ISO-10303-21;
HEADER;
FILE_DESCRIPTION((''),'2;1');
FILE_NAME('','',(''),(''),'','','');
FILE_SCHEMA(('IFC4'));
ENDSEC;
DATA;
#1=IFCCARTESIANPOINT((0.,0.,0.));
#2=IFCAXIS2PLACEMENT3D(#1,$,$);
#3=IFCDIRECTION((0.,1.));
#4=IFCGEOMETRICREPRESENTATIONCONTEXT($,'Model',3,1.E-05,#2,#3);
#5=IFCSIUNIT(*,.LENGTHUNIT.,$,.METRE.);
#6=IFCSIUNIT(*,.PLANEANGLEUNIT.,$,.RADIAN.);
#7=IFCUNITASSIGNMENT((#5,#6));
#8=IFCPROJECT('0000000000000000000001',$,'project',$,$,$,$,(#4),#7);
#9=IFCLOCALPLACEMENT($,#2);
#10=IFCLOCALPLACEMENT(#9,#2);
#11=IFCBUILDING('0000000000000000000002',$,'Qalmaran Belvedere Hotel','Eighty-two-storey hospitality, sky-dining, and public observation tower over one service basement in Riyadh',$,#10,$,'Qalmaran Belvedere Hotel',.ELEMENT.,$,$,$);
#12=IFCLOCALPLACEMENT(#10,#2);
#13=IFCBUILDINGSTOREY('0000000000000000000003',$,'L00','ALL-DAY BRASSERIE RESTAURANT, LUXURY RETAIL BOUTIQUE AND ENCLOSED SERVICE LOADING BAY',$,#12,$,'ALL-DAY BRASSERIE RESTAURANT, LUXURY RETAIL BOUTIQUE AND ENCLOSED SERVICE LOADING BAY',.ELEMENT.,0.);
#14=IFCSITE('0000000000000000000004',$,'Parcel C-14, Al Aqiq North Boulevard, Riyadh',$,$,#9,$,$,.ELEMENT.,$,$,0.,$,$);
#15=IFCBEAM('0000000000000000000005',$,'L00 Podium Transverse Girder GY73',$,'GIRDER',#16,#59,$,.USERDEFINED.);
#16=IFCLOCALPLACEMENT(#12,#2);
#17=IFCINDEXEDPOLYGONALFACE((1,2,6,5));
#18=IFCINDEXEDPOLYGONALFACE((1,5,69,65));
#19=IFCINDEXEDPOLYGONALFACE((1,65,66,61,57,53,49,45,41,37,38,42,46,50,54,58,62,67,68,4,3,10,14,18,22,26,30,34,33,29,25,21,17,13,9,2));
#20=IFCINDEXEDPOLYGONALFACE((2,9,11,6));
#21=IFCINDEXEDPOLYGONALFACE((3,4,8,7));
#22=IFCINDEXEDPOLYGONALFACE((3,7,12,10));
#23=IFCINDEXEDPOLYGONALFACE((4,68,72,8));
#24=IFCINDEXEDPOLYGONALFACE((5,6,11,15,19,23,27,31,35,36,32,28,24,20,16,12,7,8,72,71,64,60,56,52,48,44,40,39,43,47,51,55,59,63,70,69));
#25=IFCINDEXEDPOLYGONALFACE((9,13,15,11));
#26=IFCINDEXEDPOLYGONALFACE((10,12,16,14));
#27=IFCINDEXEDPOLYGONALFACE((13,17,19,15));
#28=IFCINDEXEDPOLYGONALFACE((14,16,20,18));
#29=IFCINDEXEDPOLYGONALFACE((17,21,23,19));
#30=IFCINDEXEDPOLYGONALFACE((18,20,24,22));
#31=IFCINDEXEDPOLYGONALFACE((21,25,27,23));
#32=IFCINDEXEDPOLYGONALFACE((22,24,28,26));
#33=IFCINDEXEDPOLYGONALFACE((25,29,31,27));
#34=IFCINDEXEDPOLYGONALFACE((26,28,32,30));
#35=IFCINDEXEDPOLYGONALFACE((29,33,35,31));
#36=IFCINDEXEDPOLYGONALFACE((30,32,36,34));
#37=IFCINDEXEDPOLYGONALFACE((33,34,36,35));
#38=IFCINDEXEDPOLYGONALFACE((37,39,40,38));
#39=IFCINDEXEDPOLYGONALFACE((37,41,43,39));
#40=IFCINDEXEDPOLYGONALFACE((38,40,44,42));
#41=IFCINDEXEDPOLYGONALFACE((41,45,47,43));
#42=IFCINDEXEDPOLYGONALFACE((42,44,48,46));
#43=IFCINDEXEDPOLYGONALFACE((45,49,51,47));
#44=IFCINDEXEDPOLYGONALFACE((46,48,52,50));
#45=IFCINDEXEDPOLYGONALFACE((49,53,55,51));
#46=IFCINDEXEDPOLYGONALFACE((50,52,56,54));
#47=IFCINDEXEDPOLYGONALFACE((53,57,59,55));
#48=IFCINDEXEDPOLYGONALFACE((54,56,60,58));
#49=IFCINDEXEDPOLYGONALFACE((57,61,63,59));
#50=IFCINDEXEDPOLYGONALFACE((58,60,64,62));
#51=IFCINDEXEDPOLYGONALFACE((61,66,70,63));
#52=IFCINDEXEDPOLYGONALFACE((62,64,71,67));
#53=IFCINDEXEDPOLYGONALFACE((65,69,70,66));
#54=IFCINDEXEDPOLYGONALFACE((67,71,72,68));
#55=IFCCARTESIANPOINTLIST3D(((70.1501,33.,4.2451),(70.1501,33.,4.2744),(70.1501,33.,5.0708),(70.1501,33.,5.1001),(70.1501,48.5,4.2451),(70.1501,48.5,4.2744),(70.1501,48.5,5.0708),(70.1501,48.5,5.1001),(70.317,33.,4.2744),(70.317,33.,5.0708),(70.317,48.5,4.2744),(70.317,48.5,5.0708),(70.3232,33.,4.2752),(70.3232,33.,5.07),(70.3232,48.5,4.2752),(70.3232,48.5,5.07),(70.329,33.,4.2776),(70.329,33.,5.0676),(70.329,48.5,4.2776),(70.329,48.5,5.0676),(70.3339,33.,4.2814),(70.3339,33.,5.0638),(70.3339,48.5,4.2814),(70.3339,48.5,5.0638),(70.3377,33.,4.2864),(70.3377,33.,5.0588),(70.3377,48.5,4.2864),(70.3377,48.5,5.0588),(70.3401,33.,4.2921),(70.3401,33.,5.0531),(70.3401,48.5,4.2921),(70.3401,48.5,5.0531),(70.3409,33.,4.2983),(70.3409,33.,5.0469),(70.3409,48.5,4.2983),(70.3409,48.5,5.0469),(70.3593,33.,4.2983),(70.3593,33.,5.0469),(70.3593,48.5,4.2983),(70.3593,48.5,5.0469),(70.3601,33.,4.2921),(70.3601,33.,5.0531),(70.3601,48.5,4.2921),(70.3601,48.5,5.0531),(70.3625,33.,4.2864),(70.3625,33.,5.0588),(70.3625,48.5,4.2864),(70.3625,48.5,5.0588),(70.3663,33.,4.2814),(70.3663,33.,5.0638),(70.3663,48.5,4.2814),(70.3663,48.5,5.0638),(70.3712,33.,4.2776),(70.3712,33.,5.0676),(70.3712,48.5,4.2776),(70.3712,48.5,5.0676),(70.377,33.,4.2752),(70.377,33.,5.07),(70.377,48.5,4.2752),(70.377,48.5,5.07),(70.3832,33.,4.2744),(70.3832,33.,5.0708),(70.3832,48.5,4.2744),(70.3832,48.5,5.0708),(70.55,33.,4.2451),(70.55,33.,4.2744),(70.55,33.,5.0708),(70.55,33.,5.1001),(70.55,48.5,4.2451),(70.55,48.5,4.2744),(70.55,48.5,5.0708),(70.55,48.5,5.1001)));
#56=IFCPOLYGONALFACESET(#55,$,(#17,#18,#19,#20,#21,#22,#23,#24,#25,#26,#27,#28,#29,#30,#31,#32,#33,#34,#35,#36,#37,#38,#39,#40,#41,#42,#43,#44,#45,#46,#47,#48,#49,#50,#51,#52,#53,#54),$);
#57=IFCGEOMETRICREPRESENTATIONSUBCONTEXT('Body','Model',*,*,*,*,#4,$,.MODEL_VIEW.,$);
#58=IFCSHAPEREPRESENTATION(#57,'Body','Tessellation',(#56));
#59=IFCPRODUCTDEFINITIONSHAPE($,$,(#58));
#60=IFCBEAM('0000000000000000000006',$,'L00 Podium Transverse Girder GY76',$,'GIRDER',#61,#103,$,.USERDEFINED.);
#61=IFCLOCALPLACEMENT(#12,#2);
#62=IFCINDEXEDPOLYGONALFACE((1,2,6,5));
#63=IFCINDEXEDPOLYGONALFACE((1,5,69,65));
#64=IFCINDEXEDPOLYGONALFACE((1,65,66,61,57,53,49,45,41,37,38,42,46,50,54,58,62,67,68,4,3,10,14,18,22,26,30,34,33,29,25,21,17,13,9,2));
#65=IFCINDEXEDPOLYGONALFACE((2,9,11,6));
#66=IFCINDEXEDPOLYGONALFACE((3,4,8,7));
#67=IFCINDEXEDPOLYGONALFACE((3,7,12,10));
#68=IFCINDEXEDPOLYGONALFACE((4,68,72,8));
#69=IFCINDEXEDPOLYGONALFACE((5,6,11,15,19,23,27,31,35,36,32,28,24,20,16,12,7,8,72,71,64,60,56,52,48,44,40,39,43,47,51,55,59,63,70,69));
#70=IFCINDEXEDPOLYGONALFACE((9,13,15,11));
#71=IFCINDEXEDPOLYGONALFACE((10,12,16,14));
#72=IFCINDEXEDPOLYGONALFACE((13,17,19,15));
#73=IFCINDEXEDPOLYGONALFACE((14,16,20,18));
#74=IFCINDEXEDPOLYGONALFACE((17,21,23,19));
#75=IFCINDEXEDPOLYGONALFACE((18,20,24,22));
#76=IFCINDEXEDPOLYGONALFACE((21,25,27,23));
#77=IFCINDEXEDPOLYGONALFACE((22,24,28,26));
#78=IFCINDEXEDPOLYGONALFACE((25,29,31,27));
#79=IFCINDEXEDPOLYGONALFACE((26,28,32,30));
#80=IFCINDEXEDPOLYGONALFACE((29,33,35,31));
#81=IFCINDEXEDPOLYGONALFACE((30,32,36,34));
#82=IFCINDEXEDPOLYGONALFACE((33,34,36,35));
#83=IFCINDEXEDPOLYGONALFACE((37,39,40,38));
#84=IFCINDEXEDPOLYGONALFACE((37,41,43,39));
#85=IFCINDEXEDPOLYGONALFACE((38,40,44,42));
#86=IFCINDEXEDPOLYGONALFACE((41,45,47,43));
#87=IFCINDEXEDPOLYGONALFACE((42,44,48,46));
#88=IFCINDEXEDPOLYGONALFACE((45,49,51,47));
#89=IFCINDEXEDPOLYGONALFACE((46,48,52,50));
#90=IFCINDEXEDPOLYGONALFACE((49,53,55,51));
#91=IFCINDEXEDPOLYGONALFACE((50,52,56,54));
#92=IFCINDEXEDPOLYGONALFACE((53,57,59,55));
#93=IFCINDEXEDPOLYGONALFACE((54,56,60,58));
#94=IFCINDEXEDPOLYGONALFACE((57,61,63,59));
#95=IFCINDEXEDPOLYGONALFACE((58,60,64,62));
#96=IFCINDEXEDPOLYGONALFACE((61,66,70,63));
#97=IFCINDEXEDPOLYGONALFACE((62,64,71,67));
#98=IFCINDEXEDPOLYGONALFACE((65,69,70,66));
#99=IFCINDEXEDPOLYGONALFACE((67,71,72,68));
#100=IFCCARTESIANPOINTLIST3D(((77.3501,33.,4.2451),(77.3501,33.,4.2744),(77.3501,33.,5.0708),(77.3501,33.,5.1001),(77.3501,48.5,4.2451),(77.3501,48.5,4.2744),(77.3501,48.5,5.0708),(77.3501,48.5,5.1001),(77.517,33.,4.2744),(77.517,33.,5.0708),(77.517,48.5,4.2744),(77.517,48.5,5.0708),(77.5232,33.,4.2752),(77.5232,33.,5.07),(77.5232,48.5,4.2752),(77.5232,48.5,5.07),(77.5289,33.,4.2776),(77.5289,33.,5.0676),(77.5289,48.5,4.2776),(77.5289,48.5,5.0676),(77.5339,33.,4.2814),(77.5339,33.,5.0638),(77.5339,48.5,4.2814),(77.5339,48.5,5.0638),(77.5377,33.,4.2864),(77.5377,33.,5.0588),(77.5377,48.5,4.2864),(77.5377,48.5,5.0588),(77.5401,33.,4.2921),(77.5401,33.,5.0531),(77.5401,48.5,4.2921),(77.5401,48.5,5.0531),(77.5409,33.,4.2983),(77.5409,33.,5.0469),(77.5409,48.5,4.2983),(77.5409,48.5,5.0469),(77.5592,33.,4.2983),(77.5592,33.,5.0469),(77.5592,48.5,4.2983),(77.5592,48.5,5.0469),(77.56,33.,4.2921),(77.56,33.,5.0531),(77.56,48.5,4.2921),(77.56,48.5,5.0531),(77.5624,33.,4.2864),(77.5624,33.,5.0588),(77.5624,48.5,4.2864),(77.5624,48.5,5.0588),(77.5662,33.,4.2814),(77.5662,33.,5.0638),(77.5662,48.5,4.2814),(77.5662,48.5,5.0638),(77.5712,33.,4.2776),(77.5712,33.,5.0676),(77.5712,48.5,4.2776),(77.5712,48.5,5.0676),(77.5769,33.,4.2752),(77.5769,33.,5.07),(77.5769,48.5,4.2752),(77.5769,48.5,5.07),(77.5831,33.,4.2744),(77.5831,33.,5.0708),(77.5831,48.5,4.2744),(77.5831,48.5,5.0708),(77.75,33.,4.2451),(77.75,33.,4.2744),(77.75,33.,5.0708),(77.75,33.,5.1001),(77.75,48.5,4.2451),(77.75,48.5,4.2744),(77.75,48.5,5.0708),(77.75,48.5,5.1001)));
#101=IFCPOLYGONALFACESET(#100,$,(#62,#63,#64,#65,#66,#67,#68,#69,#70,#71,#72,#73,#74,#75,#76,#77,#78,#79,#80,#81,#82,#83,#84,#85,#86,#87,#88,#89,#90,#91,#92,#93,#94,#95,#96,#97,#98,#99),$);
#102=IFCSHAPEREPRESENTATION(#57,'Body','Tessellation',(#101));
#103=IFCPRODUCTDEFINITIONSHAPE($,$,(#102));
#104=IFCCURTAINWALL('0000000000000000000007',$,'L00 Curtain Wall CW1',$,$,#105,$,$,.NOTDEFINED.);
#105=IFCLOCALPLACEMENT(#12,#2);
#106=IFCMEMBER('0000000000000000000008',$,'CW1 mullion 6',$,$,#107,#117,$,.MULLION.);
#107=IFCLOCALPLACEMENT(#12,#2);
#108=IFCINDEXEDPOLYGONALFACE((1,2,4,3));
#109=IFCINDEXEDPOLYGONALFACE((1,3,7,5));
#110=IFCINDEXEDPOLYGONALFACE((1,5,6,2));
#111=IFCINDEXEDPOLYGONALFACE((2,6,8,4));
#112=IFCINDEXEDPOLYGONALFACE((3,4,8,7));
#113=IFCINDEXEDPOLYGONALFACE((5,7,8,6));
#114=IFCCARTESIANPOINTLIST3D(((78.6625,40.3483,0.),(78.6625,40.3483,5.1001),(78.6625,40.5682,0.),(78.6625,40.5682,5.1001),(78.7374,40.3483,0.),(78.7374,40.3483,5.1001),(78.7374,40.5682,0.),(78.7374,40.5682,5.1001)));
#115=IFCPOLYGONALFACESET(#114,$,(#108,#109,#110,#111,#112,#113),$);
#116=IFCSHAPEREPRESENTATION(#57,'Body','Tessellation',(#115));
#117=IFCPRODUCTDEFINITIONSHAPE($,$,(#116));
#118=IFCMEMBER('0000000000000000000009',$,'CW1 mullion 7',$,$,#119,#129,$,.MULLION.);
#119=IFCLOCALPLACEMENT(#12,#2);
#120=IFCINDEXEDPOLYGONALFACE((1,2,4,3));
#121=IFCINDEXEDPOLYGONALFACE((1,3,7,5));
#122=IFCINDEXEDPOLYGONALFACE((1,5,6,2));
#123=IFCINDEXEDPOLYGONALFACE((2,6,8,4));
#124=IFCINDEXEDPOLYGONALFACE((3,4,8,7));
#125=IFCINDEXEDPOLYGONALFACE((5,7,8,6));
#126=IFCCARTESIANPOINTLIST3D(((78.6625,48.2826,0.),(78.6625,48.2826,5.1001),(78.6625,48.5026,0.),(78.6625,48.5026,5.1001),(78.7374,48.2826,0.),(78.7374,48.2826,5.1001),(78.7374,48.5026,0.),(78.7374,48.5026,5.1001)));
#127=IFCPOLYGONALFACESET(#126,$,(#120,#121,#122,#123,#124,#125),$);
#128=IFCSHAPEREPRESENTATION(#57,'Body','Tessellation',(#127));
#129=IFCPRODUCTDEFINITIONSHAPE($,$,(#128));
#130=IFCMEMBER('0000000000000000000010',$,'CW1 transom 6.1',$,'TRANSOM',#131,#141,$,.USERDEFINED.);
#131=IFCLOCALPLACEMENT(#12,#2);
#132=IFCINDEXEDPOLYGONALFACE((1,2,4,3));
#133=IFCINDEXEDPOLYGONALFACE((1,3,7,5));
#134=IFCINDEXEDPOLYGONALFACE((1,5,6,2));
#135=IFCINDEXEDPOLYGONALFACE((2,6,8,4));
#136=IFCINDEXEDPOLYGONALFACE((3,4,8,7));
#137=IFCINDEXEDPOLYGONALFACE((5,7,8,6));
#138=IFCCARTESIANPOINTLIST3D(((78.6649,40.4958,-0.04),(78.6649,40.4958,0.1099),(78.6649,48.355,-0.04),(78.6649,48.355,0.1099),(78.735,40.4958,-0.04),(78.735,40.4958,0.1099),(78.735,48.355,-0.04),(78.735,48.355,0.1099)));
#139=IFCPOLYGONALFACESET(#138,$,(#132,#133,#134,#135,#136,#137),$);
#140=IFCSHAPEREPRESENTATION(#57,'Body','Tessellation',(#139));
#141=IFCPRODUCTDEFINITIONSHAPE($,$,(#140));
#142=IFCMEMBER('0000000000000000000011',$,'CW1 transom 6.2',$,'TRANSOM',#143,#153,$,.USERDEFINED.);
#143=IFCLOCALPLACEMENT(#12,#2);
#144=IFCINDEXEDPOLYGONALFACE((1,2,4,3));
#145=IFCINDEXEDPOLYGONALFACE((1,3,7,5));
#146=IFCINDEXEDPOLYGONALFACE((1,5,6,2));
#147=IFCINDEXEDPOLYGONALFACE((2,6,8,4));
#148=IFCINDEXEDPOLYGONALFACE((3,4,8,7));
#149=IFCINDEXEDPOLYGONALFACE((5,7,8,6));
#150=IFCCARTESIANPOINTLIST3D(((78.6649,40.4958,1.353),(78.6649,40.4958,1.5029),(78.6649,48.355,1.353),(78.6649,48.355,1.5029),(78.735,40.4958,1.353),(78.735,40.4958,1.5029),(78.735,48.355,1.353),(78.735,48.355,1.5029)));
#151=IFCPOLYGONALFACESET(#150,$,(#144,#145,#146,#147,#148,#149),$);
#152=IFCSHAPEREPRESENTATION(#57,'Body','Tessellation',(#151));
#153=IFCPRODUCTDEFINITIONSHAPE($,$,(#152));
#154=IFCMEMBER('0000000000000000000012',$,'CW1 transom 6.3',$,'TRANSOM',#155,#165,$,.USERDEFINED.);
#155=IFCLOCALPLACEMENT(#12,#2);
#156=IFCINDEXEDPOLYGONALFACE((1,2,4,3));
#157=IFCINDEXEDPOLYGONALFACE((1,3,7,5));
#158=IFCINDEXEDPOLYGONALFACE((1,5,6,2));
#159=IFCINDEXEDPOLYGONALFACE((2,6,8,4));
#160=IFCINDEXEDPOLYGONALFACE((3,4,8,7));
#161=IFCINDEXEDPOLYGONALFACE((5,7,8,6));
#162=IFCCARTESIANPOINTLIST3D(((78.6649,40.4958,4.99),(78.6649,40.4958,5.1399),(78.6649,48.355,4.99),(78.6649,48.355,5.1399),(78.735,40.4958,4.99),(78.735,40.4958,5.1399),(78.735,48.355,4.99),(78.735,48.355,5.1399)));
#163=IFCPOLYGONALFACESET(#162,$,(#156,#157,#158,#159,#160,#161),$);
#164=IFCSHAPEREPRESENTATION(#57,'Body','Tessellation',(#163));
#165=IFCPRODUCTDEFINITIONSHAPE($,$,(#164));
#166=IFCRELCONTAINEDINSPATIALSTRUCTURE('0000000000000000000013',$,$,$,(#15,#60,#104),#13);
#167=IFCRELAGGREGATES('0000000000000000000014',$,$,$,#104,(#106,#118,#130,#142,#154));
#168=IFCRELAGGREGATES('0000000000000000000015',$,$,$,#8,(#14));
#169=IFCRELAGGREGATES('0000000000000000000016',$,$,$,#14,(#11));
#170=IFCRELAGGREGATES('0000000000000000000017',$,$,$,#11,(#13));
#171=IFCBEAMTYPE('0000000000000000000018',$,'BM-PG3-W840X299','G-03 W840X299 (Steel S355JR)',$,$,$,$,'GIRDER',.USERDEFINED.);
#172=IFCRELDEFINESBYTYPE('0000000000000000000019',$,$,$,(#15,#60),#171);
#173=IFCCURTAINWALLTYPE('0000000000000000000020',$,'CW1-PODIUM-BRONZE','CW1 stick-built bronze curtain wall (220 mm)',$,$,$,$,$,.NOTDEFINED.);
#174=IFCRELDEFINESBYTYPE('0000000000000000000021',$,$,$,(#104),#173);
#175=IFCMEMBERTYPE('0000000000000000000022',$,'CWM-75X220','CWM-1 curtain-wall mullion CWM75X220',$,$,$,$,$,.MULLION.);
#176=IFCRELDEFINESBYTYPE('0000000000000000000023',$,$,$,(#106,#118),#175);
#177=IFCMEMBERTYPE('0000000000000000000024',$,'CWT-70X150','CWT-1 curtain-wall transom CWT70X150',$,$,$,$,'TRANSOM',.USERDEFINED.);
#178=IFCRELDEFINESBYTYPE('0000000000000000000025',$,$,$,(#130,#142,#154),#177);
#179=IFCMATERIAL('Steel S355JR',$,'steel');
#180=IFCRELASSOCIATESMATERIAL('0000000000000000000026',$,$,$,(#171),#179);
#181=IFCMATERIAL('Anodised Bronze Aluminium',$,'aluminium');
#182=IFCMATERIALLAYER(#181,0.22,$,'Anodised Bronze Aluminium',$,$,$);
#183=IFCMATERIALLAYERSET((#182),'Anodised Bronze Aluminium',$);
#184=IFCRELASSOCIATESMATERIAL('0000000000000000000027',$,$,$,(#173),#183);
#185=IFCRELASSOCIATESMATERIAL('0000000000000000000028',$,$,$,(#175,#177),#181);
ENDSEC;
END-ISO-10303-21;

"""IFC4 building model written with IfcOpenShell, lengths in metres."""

from ifc_helpers import new_model, si_unit, direction, frame, origin, origin_2d, place, context, subcontext, project, spatial, rectangle, i_section, extrude, material, layer, layer_set, material_profile, profile_set, type_object, element, aggregate, save


model = new_model("IFC4")

# Units and contexts
model_context = context("Model", 3, precision=1e-05, world=origin(), true_north=direction((0.0, 1.0)))
body_context = subcontext(model_context, "Body", "Model", "MODEL_VIEW")
ifc_project = project(units=[si_unit("LENGTHUNIT", "METRE"), si_unit("PLANEANGLEUNIT", "RADIAN")], contexts=[model_context])

# Site, building, storey
site_placement = place(None, origin())
site = spatial("IfcSite", under=ifc_project, at=site_placement, Name="Parcel C-14, Al Aqiq North Boulevard, Riyadh", CompositionType="ELEMENT", RefElevation=0.0)
building_placement = place(site_placement, origin())
building = spatial("IfcBuilding", under=site, at=building_placement, Name="Qalmaran Belvedere Hotel", Description="Eighty-two-storey hospitality, sky-dining, and public observation tower over one service basement in Riyadh", LongName="Qalmaran Belvedere Hotel", CompositionType="ELEMENT")
storey_placement = place(building_placement, origin())
storey = spatial("IfcBuildingStorey", under=building, at=storey_placement, Name="L00", Description="ALL-DAY BRASSERIE RESTAURANT, LUXURY RETAIL BOUTIQUE AND ENCLOSED SERVICE LOADING BAY", LongName="ALL-DAY BRASSERIE RESTAURANT, LUXURY RETAIL BOUTIQUE AND ENCLOSED SERVICE LOADING BAY", CompositionType="ELEMENT", Elevation=0.0)

# Beams
ifc_material_1 = material(Name="Steel S355JR", Category="steel")
ifc_material_profile_1 = material_profile(ifc_material_1, i_section(OverallWidth=0.3999, OverallDepth=0.855, WebThickness=0.0183, FlangeThickness=0.0293, FilletRadius=0.0239, at=origin_2d()), Name="W840X299")
ifc_profile_set_1 = profile_set([ifc_material_profile_1], Name="Steel S355JR")
beam_type_1 = type_object("IfcBeamType", Name="BM-PG3-W840X299", Description="G-03 W840X299 (Steel S355JR)", ElementType="GIRDER", PredefinedType="USERDEFINED", material=ifc_profile_set_1)
for number, where, z_axis, x_axis, name in (
    (1, (70.3501, 33.0, 4.6726), (0.0, 1.0, 0.0), (-1.0, 0.0, 0.0), "L00 Podium Transverse Girder GY73"),
    (2, (77.55, 33.0, 4.6726), (0.0, 1.0, 0.0), (-1.0, 0.0, 0.0), "L00 Podium Transverse Girder GY76"),
):
    element("IfcBeam", number, at=place(storey_placement, frame(where, z_axis=z_axis, x_axis=x_axis)), inside=storey, type_object=beam_type_1, Name=name, ObjectType="GIRDER", PredefinedType="USERDEFINED", context=body_context, shape_type="SweptSolid", body=[
        extrude(i_section(OverallWidth=0.3999, OverallDepth=0.855, WebThickness=0.0183, FlangeThickness=0.0293, FilletRadius=0.0239, at=origin_2d()), origin(), (0.0, 0.0, 1.0), 15.5),
    ])

# Curtain wall, members
ifc_material_2 = material(Name="Anodised Bronze Aluminium", Category="aluminium")
ifc_layer_1 = layer(ifc_material_2, 0.22, Name="Anodised Bronze Aluminium")
ifc_layer_set_1 = layer_set([ifc_layer_1], Name="Anodised Bronze Aluminium")
curtain_wall_type = type_object("IfcCurtainWallType", Name="CW1-PODIUM-BRONZE", Description="CW1 stick-built bronze curtain wall (220 mm)", PredefinedType="NOTDEFINED", material=ifc_layer_set_1)
curtain_wall_placement = place(storey_placement, origin())
curtain_wall = element("IfcCurtainWall", 3, at=curtain_wall_placement, inside=storey, type_object=curtain_wall_type, Name="L00 Curtain Wall CW1", PredefinedType="NOTDEFINED")
ifc_material_profile_2 = material_profile(ifc_material_2, rectangle(XDim=0.075, YDim=0.22, at=origin_2d()), Name="CWM75X220")
ifc_profile_set_2 = profile_set([ifc_material_profile_2], Name="Anodised Bronze Aluminium")
member_type_1 = type_object("IfcMemberType", Name="CWM-75X220", Description="CWM-1 curtain-wall mullion CWM75X220", PredefinedType="MULLION", material=ifc_profile_set_2)
member_1_placement = place(storey_placement, frame((78.7, 40.4583, 0.0), z_axis=(0.0, 0.0, 1.0), x_axis=(-1.0, 0.0, 0.0)))
member_1 = element("IfcMember", 4, at=member_1_placement, type_object=member_type_1, Name="CW1 mullion 6", PredefinedType="MULLION", context=body_context, shape_type="SweptSolid", body=[
    extrude(rectangle(XDim=0.075, YDim=0.22, at=origin_2d()), origin(), (0.0, 0.0, 1.0), 5.1001),
])
member_2_placement = place(storey_placement, frame((78.7, 48.3926, 0.0), z_axis=(0.0, 0.0, 1.0), x_axis=(-1.0, 0.0, 0.0)))
member_2 = element("IfcMember", 5, at=member_2_placement, type_object=member_type_1, Name="CW1 mullion 7", PredefinedType="MULLION", context=body_context, shape_type="SweptSolid", body=[
    extrude(rectangle(XDim=0.075, YDim=0.22, at=origin_2d()), origin(), (0.0, 0.0, 1.0), 5.1001),
])
ifc_material_profile_3 = material_profile(ifc_material_2, rectangle(XDim=0.0701, YDim=0.1499, at=origin_2d()), Name="CWT70X150")
ifc_profile_set_3 = profile_set([ifc_material_profile_3], Name="Anodised Bronze Aluminium")
member_type_2 = type_object("IfcMemberType", Name="CWT-70X150", Description="CWT-1 curtain-wall transom CWT70X150", ElementType="TRANSOM", PredefinedType="USERDEFINED", material=ifc_profile_set_3)
member_3_placement = place(storey_placement, frame((78.7, 40.4958, 0.0349), z_axis=(0.0, 1.0, 0.0), x_axis=(-1.0, 0.0, 0.0)))
member_3 = element("IfcMember", 6, at=member_3_placement, type_object=member_type_2, Name="CW1 transom 6.1", ObjectType="TRANSOM", PredefinedType="USERDEFINED", context=body_context, shape_type="SweptSolid", body=[
    extrude(rectangle(XDim=0.0701, YDim=0.1499, at=origin_2d()), origin(), (0.0, 0.0, 1.0), 7.8591),
])
member_4_placement = place(storey_placement, frame((78.7, 40.4958, 1.428), z_axis=(0.0, 1.0, 0.0), x_axis=(-1.0, 0.0, 0.0)))
member_4 = element("IfcMember", 7, at=member_4_placement, type_object=member_type_2, Name="CW1 transom 6.2", ObjectType="TRANSOM", PredefinedType="USERDEFINED", context=body_context, shape_type="SweptSolid", body=[
    extrude(rectangle(XDim=0.0701, YDim=0.1499, at=origin_2d()), origin(), (0.0, 0.0, 1.0), 7.8591),
])
member_5_placement = place(storey_placement, frame((78.7, 40.4958, 5.0649), z_axis=(0.0, 1.0, 0.0), x_axis=(-1.0, 0.0, 0.0)))
member_5 = element("IfcMember", 8, at=member_5_placement, type_object=member_type_2, Name="CW1 transom 6.3", ObjectType="TRANSOM", PredefinedType="USERDEFINED", context=body_context, shape_type="SweptSolid", body=[
    extrude(rectangle(XDim=0.0701, YDim=0.1499, at=origin_2d()), origin(), (0.0, 0.0, 1.0), 7.8591),
])

aggregate(curtain_wall, [member_1, member_2, member_3, member_4, member_5])

save(model, "model.ifc")
